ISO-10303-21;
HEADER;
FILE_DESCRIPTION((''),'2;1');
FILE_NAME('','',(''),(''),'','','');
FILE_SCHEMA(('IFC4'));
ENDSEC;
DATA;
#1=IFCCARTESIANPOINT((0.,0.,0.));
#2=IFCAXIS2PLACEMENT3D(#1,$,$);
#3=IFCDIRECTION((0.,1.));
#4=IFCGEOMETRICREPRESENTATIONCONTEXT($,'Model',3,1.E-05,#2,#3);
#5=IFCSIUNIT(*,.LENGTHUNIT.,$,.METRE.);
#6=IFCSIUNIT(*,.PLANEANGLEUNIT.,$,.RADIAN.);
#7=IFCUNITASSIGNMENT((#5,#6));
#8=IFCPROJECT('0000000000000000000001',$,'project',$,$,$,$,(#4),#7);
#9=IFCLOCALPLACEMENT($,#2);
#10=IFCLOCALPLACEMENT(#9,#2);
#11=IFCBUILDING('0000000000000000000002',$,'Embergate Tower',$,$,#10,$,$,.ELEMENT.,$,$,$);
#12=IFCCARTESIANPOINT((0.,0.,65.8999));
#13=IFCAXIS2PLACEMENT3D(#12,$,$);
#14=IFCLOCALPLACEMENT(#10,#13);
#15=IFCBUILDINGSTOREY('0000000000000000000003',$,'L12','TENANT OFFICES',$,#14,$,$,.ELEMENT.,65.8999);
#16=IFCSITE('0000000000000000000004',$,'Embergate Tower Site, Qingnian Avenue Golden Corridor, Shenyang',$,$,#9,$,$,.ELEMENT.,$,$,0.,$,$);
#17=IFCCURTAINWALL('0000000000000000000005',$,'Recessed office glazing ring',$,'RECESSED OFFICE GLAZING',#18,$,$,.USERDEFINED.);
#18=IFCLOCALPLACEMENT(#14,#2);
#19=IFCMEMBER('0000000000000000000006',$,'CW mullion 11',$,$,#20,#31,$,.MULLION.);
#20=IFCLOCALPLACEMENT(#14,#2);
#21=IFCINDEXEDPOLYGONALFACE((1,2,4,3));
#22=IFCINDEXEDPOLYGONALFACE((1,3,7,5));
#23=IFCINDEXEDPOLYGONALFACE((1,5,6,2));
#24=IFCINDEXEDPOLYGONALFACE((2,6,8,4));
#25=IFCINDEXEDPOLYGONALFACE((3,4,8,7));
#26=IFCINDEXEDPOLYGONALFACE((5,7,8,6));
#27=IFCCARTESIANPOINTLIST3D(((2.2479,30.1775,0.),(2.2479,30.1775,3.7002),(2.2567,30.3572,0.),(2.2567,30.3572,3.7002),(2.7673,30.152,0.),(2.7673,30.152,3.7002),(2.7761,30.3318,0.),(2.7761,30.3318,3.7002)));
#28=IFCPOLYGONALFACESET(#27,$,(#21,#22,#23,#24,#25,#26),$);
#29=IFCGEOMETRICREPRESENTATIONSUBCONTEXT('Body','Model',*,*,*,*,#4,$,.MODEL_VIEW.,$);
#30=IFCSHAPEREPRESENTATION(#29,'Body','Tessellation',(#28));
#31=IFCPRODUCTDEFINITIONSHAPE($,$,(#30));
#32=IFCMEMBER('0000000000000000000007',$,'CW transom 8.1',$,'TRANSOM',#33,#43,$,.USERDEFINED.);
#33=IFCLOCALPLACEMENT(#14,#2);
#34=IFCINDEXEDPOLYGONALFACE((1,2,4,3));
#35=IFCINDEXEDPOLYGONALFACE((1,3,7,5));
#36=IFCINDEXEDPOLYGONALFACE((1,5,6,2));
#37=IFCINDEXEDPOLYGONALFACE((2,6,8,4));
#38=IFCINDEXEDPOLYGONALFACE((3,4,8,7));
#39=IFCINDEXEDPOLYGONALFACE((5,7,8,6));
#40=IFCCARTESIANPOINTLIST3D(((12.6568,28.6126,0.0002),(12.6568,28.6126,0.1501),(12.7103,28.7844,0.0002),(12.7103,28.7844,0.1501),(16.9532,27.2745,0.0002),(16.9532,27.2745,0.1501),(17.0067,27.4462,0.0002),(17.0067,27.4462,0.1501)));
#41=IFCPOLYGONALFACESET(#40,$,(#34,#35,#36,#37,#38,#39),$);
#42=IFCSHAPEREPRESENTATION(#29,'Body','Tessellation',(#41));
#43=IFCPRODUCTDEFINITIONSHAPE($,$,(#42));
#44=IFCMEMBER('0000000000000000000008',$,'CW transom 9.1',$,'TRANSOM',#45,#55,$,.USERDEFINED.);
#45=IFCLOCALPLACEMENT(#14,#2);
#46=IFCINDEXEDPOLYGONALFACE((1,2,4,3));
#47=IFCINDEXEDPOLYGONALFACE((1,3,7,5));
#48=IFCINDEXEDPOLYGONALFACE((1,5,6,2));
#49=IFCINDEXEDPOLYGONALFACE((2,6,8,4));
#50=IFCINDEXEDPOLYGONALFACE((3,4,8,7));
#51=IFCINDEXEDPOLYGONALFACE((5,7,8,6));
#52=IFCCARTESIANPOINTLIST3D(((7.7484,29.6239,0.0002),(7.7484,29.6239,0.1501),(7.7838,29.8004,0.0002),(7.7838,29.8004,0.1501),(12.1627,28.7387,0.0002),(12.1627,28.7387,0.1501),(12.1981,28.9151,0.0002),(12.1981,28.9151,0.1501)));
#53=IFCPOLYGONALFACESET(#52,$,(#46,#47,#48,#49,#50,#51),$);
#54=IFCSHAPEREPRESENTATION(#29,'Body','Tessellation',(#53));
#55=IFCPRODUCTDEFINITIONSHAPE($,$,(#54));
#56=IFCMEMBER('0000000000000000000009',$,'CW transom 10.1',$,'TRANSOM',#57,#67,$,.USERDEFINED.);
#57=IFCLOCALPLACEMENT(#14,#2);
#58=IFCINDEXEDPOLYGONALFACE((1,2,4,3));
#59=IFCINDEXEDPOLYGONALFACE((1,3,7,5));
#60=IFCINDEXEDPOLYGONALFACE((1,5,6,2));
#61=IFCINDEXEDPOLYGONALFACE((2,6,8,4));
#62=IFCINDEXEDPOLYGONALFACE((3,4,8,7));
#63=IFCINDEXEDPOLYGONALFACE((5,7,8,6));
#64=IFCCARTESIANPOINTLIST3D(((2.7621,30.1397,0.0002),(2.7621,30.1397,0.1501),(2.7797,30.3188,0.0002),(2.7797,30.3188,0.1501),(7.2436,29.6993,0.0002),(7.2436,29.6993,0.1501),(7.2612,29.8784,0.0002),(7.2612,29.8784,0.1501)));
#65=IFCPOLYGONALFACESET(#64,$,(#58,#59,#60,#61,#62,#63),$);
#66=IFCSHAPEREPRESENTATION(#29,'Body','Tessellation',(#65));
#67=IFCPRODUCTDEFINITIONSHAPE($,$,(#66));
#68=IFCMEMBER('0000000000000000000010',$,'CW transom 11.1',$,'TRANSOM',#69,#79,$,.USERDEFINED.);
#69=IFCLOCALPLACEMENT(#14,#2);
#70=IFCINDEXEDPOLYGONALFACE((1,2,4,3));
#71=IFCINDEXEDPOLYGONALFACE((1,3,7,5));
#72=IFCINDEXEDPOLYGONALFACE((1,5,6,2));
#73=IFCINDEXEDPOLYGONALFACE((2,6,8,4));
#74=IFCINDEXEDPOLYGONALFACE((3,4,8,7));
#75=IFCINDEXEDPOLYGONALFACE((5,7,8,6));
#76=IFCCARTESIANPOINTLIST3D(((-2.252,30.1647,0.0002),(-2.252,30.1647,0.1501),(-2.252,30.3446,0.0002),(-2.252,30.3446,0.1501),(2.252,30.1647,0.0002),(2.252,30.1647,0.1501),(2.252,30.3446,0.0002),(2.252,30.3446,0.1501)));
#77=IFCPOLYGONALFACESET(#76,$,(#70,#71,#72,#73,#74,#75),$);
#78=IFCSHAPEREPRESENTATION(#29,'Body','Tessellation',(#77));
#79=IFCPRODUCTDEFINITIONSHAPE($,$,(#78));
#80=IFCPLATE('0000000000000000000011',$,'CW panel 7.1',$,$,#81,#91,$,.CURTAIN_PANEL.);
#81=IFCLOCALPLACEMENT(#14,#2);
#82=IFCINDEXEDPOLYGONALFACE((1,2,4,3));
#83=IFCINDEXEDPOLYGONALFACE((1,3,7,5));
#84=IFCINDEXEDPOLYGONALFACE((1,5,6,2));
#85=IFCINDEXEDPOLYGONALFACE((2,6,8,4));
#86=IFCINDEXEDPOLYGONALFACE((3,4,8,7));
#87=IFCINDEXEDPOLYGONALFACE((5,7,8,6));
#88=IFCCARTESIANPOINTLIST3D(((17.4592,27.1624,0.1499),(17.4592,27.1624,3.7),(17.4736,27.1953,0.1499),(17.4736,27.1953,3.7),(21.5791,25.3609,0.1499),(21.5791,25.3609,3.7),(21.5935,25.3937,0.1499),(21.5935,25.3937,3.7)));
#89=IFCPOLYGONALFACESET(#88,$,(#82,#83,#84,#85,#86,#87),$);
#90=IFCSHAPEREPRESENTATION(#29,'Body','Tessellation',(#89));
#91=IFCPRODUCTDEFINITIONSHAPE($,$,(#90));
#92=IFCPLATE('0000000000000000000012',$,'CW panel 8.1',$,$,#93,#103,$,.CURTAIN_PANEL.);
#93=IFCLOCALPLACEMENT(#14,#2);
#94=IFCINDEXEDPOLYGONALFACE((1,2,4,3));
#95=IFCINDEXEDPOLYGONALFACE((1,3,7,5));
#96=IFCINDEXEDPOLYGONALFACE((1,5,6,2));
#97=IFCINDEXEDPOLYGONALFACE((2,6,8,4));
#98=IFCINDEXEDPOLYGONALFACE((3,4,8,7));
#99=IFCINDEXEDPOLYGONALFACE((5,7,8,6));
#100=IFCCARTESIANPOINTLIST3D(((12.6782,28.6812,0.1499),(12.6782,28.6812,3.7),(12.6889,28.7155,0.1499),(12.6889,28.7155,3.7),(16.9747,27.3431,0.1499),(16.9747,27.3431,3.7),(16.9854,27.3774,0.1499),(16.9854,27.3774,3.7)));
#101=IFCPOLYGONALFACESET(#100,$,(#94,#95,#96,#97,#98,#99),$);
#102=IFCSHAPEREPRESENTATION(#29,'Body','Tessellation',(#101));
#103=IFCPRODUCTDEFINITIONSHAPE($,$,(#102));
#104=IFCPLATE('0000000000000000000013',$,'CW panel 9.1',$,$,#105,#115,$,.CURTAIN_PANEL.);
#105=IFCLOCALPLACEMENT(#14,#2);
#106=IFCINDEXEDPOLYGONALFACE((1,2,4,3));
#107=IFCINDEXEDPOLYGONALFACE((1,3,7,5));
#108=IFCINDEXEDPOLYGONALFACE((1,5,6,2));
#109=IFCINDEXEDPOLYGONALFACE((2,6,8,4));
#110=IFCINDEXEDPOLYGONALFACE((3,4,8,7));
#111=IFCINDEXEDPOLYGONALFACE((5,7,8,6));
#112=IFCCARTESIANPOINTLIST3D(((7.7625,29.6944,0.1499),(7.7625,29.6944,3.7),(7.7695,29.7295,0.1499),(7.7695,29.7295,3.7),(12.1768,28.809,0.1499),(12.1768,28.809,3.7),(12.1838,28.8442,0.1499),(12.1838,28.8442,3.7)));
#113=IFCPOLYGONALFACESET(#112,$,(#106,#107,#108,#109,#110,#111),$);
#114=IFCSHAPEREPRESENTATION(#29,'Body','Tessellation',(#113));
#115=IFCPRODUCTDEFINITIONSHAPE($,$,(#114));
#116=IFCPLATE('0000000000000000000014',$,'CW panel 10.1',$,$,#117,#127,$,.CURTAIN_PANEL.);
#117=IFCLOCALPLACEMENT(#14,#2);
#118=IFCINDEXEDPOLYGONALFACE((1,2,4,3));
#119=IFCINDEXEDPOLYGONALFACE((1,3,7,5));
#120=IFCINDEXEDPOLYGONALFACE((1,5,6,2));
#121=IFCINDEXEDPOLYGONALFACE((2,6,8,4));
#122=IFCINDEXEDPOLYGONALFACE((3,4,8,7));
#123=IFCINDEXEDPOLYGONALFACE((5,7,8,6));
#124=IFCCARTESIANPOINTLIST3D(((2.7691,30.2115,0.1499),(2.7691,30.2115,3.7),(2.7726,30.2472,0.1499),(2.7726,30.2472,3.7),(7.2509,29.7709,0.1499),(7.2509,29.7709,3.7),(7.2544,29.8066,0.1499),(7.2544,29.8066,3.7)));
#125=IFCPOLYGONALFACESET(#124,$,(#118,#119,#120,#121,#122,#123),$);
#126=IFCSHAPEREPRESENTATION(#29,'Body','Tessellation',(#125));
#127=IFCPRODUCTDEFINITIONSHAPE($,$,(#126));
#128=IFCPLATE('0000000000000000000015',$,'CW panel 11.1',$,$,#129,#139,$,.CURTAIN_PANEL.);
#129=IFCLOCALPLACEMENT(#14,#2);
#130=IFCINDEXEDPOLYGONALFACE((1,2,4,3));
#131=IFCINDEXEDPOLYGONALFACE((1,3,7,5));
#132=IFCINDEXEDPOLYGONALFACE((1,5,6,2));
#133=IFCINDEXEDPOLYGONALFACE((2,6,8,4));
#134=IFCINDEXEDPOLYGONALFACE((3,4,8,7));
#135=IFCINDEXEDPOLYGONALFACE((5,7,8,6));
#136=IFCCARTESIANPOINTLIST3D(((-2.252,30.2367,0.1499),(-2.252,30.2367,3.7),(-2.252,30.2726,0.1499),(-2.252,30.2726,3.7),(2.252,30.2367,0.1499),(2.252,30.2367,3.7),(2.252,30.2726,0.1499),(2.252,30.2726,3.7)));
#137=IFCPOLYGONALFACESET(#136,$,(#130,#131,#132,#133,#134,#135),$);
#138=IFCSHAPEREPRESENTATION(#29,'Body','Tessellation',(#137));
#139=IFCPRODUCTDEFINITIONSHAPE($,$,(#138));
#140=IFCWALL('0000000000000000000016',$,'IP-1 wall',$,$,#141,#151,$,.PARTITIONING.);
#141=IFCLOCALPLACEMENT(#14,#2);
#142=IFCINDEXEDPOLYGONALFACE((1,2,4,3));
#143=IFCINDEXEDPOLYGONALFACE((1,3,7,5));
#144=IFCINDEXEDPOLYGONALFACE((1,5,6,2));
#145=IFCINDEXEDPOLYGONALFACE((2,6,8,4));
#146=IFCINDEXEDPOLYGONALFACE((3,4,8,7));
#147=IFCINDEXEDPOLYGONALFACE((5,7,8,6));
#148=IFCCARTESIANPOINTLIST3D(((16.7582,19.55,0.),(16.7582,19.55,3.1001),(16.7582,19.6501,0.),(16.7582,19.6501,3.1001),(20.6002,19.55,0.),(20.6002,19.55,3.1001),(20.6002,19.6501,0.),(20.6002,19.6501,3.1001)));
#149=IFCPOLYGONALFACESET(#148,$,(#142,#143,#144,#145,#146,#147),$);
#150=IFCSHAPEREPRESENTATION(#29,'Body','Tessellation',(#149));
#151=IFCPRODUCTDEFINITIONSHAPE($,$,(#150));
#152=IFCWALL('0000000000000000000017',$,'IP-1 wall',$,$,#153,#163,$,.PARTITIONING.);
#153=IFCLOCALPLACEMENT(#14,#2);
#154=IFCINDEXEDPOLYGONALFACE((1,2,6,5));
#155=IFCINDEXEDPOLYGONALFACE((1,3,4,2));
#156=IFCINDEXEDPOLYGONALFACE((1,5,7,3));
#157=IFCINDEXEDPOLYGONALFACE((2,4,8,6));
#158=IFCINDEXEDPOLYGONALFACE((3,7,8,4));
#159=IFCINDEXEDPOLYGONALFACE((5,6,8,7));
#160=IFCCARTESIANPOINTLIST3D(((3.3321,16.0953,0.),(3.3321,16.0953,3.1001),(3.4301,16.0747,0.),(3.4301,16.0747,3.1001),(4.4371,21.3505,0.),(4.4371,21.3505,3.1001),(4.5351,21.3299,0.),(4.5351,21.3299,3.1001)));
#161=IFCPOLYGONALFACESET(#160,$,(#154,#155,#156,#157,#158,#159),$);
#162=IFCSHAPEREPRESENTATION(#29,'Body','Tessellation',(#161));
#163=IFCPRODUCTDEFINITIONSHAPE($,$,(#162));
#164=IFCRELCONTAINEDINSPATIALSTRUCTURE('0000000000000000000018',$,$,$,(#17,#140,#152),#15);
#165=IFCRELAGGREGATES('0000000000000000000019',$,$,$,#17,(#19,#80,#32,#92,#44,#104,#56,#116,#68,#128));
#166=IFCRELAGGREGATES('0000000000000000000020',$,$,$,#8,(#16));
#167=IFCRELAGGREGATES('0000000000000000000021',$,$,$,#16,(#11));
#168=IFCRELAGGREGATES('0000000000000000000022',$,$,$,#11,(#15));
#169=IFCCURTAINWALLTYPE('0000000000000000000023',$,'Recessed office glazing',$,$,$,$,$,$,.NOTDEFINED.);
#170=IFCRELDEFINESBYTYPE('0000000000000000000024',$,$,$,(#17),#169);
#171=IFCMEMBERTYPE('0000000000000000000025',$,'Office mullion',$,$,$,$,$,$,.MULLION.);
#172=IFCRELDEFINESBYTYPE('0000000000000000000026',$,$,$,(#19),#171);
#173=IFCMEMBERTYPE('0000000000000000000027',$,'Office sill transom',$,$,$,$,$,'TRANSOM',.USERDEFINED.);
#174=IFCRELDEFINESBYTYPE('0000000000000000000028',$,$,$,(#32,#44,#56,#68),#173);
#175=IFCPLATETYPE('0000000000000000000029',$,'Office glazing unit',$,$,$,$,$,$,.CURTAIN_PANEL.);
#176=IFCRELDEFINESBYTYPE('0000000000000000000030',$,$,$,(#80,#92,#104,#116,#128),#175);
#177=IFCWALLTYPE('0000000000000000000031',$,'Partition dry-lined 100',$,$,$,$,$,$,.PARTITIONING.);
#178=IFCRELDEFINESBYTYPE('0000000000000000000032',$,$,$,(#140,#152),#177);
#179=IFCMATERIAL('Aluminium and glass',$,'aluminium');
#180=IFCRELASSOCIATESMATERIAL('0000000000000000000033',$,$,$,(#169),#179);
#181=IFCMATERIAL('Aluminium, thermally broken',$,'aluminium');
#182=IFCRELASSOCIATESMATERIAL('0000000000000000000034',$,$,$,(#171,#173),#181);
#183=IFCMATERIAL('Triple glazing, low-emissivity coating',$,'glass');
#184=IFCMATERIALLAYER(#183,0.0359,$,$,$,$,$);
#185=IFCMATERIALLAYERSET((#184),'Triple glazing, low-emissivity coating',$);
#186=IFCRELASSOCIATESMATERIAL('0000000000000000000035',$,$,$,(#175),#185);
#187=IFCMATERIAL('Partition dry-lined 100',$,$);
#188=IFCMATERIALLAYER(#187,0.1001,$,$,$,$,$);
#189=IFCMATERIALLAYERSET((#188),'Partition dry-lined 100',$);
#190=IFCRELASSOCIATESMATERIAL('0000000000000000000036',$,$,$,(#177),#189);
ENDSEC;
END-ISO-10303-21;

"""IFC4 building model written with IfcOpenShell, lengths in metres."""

from ifc_helpers import new_model, si_unit, direction, frame, frame_2d, origin, origin_2d, place, context, subcontext, project, spatial, rectangle, extrude, source, transform, mapped, material, layer, layer_set, material_profile, profile_set, type_object, element, aggregate, save


model = new_model("IFC4")

# Units and contexts
model_context = context("Model", 3, precision=1e-05, world=origin(), true_north=direction((0.0, 1.0)))
body_context = subcontext(model_context, "Body", "Model", "MODEL_VIEW")
ifc_project = project(units=[si_unit("LENGTHUNIT", "METRE"), si_unit("PLANEANGLEUNIT", "RADIAN")], contexts=[model_context])

# Site, building, storey
site_placement = place(None, origin())
site = spatial("IfcSite", under=ifc_project, at=site_placement, Name="Embergate Tower Site, Qingnian Avenue Golden Corridor, Shenyang", CompositionType="ELEMENT", RefElevation=0.0)
building_placement = place(site_placement, origin())
building = spatial("IfcBuilding", under=site, at=building_placement, Name="Embergate Tower", CompositionType="ELEMENT")
storey_placement = place(building_placement, frame((0.0, 0.0, 65.8999)))
storey = spatial("IfcBuildingStorey", under=building, at=storey_placement, Name="L12", Description="TENANT OFFICES", CompositionType="ELEMENT", Elevation=65.8999)

# Curtain wall, members, plates
ifc_material_1 = material(Name="Aluminium and glass", Category="aluminium")
curtain_wall_type = type_object("IfcCurtainWallType", Name="Recessed office glazing", PredefinedType="NOTDEFINED", material=ifc_material_1)
curtain_wall_placement = place(storey_placement, origin())
curtain_wall = element("IfcCurtainWall", 1, at=curtain_wall_placement, inside=storey, type_object=curtain_wall_type, Name="Recessed office glazing ring", ObjectType="RECESSED OFFICE GLAZING", PredefinedType="USERDEFINED")
ifc_material_2 = material(Name="Aluminium, thermally broken", Category="aluminium")
ifc_material_profile_1 = material_profile(ifc_material_2, rectangle(XDim=0.1799, YDim=0.52, at=origin_2d()), Name="AL 520x180")
ifc_profile_set_1 = profile_set([ifc_material_profile_1], Name="Aluminium, thermally broken")
member_type_1 = type_object("IfcMemberType", Name="Office mullion", PredefinedType="MULLION", material=ifc_profile_set_1)
shared_shape_1 = source(origin(), body_context, "Body", "SweptSolid", [
    extrude(rectangle(XDim=0.1799, YDim=0.52, at=origin_2d()), origin(), (0.0, 0.0, 1.0), 3.7002),
])
member_1_placement = place(storey_placement, frame((2.512, 30.2546, 0.0), z_axis=(0.0, 0.0, 1.0), x_axis=(-0.048972, -0.9988, 0.0)))
member_1 = element("IfcMember", 2, at=member_1_placement, type_object=member_type_1, Name="CW mullion 11", PredefinedType="MULLION", context=body_context, shape_type="MappedRepresentation", body=[
    mapped(shared_shape_1, transform((0.0, 0.0, 0.0))),
])
ifc_material_profile_2 = material_profile(ifc_material_2, rectangle(XDim=0.1799, YDim=0.1499, at=origin_2d()), Name="AL 150x180")
ifc_profile_set_2 = profile_set([ifc_material_profile_2], Name="Aluminium, thermally broken")
member_type_2 = type_object("IfcMemberType", Name="Office sill transom", ElementType="TRANSOM", PredefinedType="USERDEFINED", material=ifc_profile_set_2)
shared_shape_2 = source(origin(), body_context, "Body", "SweptSolid", [
    extrude(rectangle(XDim=0.1799, YDim=0.1499, at=origin_2d()), origin(), (0.0, 0.0, 1.0), 4.5),
])
member_2_placement = place(storey_placement, frame((16.98, 27.3604, 0.0752), z_axis=(-0.954763, 0.297367, 0.0), x_axis=(-0.297367, -0.954763, 0.0)))
member_2 = element("IfcMember", 3, at=member_2_placement, type_object=member_type_2, Name="CW transom 8.1", ObjectType="TRANSOM", PredefinedType="USERDEFINED", context=body_context, shape_type="MappedRepresentation", body=[
    mapped(shared_shape_2, transform((0.0, 0.0, 0.0))),
])
shared_shape_3 = source(origin(), body_context, "Body", "SweptSolid", [
    extrude(rectangle(XDim=0.1799, YDim=0.1499, at=origin_2d()), origin(), (0.0, 0.0, 1.0), 4.5022),
])
member_3_placement = place(storey_placement, frame((12.1804, 28.8269, 0.0752), z_axis=(-0.980478, 0.196627, 0.0), x_axis=(-0.196627, -0.980478, 0.0)))
member_3 = element("IfcMember", 4, at=member_3_placement, type_object=member_type_2, Name="CW transom 9.1", ObjectType="TRANSOM", PredefinedType="USERDEFINED", context=body_context, shape_type="MappedRepresentation", body=[
    mapped(shared_shape_3, transform((0.0, 0.0, 0.0))),
])
shared_shape_4 = source(origin(), body_context, "Body", "SweptSolid", [
    extrude(rectangle(XDim=0.1799, YDim=0.1499, at=origin_2d()), origin(), (0.0, 0.0, 1.0), 4.5032),
])
member_4_placement = place(storey_placement, frame((7.2524, 29.7888, 0.0752), z_axis=(-0.995206, 0.097802, 0.0), x_axis=(-0.097802, -0.995206, 0.0)))
member_4 = element("IfcMember", 5, at=member_4_placement, type_object=member_type_2, Name="CW transom 10.1", ObjectType="TRANSOM", PredefinedType="USERDEFINED", context=body_context, shape_type="MappedRepresentation", body=[
    mapped(shared_shape_4, transform((0.0, 0.0, 0.0))),
])
shared_shape_5 = source(origin(), body_context, "Body", "SweptSolid", [
    extrude(rectangle(XDim=0.1799, YDim=0.1499, at=origin_2d()), origin(), (0.0, 0.0, 1.0), 4.5039),
])
member_5_placement = place(storey_placement, frame((2.252, 30.2546, 0.0752), z_axis=(-1.0, 0.0, 0.0), x_axis=(0.0, -1.0, 0.0)))
member_5 = element("IfcMember", 6, at=member_5_placement, type_object=member_type_2, Name="CW transom 11.1", ObjectType="TRANSOM", PredefinedType="USERDEFINED", context=body_context, shape_type="MappedRepresentation", body=[
    mapped(shared_shape_5, transform((0.0, 0.0, 0.0))),
])
ifc_material_3 = material(Name="Triple glazing, low-emissivity coating", Category="glass")
ifc_layer_1 = layer(ifc_material_3, 0.0359)
ifc_layer_set_1 = layer_set([ifc_layer_1], Name="Triple glazing, low-emissivity coating")
plate_type = type_object("IfcPlateType", Name="Office glazing unit", PredefinedType="CURTAIN_PANEL", material=ifc_layer_set_1)
shared_shape_6 = source(origin(), body_context, "Body", "SweptSolid", [
    extrude(rectangle(XDim=4.4966, YDim=0.0359, at=origin_2d()), origin(), (0.0, 0.0, 1.0), 3.55),
])
plate_1_placement = place(storey_placement, frame((19.5264, 26.2781, 0.1499), z_axis=(0.0, 0.0, 1.0), x_axis=(-0.916233, 0.400646, 0.0)))
plate_1 = element("IfcPlate", 7, at=plate_1_placement, type_object=plate_type, Name="CW panel 7.1", PredefinedType="CURTAIN_PANEL", context=body_context, shape_type="MappedRepresentation", body=[
    mapped(shared_shape_6, transform((0.0, 0.0, 0.0))),
])
shared_shape_7 = source(origin(), body_context, "Body", "SweptSolid", [
    extrude(rectangle(XDim=4.5, YDim=0.0359, at=origin_2d()), origin(), (0.0, 0.0, 1.0), 3.55),
])
plate_2_placement = place(storey_placement, frame((14.8318, 28.0293, 0.1499), z_axis=(0.0, 0.0, 1.0), x_axis=(-0.95477, 0.297345, 0.0)))
plate_2 = element("IfcPlate", 8, at=plate_2_placement, type_object=plate_type, Name="CW panel 8.1", PredefinedType="CURTAIN_PANEL", context=body_context, shape_type="MappedRepresentation", body=[
    mapped(shared_shape_7, transform((0.0, 0.0, 0.0))),
])
shared_shape_8 = source(origin(), body_context, "Body", "SweptSolid", [
    extrude(rectangle(XDim=4.5022, YDim=0.0359, at=origin_2d()), origin(), (0.0, 0.0, 1.0), 3.55),
])
plate_3_placement = place(storey_placement, frame((9.9731, 29.2693, 0.1499), z_axis=(0.0, 0.0, 1.0), x_axis=(-0.980475, 0.196644, 0.0)))
plate_3 = element("IfcPlate", 9, at=plate_3_placement, type_object=plate_type, Name="CW panel 9.1", PredefinedType="CURTAIN_PANEL", context=body_context, shape_type="MappedRepresentation", body=[
    mapped(shared_shape_8, transform((0.0, 0.0, 0.0))),
])
shared_shape_9 = source(origin(), body_context, "Body", "SweptSolid", [
    extrude(rectangle(XDim=4.5034, YDim=0.0359, at=origin_2d()), origin(), (0.0, 0.0, 1.0), 3.55),
])
plate_4_placement = place(storey_placement, frame((5.0117, 30.009, 0.1499), z_axis=(0.0, 0.0, 1.0), x_axis=(-0.995203, 0.097831, 0.0)))
plate_4 = element("IfcPlate", 10, at=plate_4_placement, type_object=plate_type, Name="CW panel 10.1", PredefinedType="CURTAIN_PANEL", context=body_context, shape_type="MappedRepresentation", body=[
    mapped(shared_shape_9, transform((0.0, 0.0, 0.0))),
])
shared_shape_10 = source(origin(), body_context, "Body", "SweptSolid", [
    extrude(rectangle(XDim=4.5039, YDim=0.0359, at=origin_2d()), origin(), (0.0, 0.0, 1.0), 3.55),
])
plate_5_placement = place(storey_placement, frame((0.0, 30.2546, 0.1499), z_axis=(0.0, 0.0, 1.0), x_axis=(-1.0, 0.0, 0.0)))
plate_5 = element("IfcPlate", 11, at=plate_5_placement, type_object=plate_type, Name="CW panel 11.1", PredefinedType="CURTAIN_PANEL", context=body_context, shape_type="MappedRepresentation", body=[
    mapped(shared_shape_10, transform((0.0, 0.0, 0.0))),
])
aggregate(curtain_wall, [member_1, plate_1, member_2, plate_2, member_3, plate_3, member_4, plate_4, member_5, plate_5])

# Walls
ifc_material_4 = material(Name="Partition dry-lined 100")
ifc_layer_2 = layer(ifc_material_4, 0.1001)
ifc_layer_set_2 = layer_set([ifc_layer_2], Name="Partition dry-lined 100")
wall_type = type_object("IfcWallType", Name="Partition dry-lined 100", PredefinedType="PARTITIONING", material=ifc_layer_set_2)
shared_shape_11 = source(origin(), body_context, "Body", "SweptSolid", [
    extrude(rectangle(XDim=3.842, YDim=0.1001, at=frame_2d((1.9209, 0.0))), origin(), (0.0, 0.0, 1.0), 3.1001),
])
wall_1_placement = place(storey_placement, frame((20.6001, 19.6001, 0.0), z_axis=(0.0, 0.0, 1.0), x_axis=(-1.0, 0.0, 0.0)))
element("IfcWall", 12, at=wall_1_placement, inside=storey, type_object=wall_type, Name="IP-1 wall", PredefinedType="PARTITIONING", context=body_context, shape_type="MappedRepresentation", body=[
    mapped(shared_shape_11, transform((0.0, 0.0, 0.0))),
])
shared_shape_12 = source(origin(), body_context, "Body", "SweptSolid", [
    extrude(rectangle(XDim=5.3701, YDim=0.1001, at=frame_2d((2.6851, 0.0))), origin(), (0.0, 0.0, 1.0), 3.1001),
])
wall_2_placement = place(storey_placement, frame((3.3811, 16.085, 0.0), z_axis=(0.0, 0.0, 1.0), x_axis=(0.205768, 0.978601, 0.0)))
element("IfcWall", 13, at=wall_2_placement, inside=storey, type_object=wall_type, Name="IP-1 wall", PredefinedType="PARTITIONING", context=body_context, shape_type="MappedRepresentation", body=[
    mapped(shared_shape_12, transform((0.0, 0.0, 0.0))),
])

save(model, "model.ifc")
